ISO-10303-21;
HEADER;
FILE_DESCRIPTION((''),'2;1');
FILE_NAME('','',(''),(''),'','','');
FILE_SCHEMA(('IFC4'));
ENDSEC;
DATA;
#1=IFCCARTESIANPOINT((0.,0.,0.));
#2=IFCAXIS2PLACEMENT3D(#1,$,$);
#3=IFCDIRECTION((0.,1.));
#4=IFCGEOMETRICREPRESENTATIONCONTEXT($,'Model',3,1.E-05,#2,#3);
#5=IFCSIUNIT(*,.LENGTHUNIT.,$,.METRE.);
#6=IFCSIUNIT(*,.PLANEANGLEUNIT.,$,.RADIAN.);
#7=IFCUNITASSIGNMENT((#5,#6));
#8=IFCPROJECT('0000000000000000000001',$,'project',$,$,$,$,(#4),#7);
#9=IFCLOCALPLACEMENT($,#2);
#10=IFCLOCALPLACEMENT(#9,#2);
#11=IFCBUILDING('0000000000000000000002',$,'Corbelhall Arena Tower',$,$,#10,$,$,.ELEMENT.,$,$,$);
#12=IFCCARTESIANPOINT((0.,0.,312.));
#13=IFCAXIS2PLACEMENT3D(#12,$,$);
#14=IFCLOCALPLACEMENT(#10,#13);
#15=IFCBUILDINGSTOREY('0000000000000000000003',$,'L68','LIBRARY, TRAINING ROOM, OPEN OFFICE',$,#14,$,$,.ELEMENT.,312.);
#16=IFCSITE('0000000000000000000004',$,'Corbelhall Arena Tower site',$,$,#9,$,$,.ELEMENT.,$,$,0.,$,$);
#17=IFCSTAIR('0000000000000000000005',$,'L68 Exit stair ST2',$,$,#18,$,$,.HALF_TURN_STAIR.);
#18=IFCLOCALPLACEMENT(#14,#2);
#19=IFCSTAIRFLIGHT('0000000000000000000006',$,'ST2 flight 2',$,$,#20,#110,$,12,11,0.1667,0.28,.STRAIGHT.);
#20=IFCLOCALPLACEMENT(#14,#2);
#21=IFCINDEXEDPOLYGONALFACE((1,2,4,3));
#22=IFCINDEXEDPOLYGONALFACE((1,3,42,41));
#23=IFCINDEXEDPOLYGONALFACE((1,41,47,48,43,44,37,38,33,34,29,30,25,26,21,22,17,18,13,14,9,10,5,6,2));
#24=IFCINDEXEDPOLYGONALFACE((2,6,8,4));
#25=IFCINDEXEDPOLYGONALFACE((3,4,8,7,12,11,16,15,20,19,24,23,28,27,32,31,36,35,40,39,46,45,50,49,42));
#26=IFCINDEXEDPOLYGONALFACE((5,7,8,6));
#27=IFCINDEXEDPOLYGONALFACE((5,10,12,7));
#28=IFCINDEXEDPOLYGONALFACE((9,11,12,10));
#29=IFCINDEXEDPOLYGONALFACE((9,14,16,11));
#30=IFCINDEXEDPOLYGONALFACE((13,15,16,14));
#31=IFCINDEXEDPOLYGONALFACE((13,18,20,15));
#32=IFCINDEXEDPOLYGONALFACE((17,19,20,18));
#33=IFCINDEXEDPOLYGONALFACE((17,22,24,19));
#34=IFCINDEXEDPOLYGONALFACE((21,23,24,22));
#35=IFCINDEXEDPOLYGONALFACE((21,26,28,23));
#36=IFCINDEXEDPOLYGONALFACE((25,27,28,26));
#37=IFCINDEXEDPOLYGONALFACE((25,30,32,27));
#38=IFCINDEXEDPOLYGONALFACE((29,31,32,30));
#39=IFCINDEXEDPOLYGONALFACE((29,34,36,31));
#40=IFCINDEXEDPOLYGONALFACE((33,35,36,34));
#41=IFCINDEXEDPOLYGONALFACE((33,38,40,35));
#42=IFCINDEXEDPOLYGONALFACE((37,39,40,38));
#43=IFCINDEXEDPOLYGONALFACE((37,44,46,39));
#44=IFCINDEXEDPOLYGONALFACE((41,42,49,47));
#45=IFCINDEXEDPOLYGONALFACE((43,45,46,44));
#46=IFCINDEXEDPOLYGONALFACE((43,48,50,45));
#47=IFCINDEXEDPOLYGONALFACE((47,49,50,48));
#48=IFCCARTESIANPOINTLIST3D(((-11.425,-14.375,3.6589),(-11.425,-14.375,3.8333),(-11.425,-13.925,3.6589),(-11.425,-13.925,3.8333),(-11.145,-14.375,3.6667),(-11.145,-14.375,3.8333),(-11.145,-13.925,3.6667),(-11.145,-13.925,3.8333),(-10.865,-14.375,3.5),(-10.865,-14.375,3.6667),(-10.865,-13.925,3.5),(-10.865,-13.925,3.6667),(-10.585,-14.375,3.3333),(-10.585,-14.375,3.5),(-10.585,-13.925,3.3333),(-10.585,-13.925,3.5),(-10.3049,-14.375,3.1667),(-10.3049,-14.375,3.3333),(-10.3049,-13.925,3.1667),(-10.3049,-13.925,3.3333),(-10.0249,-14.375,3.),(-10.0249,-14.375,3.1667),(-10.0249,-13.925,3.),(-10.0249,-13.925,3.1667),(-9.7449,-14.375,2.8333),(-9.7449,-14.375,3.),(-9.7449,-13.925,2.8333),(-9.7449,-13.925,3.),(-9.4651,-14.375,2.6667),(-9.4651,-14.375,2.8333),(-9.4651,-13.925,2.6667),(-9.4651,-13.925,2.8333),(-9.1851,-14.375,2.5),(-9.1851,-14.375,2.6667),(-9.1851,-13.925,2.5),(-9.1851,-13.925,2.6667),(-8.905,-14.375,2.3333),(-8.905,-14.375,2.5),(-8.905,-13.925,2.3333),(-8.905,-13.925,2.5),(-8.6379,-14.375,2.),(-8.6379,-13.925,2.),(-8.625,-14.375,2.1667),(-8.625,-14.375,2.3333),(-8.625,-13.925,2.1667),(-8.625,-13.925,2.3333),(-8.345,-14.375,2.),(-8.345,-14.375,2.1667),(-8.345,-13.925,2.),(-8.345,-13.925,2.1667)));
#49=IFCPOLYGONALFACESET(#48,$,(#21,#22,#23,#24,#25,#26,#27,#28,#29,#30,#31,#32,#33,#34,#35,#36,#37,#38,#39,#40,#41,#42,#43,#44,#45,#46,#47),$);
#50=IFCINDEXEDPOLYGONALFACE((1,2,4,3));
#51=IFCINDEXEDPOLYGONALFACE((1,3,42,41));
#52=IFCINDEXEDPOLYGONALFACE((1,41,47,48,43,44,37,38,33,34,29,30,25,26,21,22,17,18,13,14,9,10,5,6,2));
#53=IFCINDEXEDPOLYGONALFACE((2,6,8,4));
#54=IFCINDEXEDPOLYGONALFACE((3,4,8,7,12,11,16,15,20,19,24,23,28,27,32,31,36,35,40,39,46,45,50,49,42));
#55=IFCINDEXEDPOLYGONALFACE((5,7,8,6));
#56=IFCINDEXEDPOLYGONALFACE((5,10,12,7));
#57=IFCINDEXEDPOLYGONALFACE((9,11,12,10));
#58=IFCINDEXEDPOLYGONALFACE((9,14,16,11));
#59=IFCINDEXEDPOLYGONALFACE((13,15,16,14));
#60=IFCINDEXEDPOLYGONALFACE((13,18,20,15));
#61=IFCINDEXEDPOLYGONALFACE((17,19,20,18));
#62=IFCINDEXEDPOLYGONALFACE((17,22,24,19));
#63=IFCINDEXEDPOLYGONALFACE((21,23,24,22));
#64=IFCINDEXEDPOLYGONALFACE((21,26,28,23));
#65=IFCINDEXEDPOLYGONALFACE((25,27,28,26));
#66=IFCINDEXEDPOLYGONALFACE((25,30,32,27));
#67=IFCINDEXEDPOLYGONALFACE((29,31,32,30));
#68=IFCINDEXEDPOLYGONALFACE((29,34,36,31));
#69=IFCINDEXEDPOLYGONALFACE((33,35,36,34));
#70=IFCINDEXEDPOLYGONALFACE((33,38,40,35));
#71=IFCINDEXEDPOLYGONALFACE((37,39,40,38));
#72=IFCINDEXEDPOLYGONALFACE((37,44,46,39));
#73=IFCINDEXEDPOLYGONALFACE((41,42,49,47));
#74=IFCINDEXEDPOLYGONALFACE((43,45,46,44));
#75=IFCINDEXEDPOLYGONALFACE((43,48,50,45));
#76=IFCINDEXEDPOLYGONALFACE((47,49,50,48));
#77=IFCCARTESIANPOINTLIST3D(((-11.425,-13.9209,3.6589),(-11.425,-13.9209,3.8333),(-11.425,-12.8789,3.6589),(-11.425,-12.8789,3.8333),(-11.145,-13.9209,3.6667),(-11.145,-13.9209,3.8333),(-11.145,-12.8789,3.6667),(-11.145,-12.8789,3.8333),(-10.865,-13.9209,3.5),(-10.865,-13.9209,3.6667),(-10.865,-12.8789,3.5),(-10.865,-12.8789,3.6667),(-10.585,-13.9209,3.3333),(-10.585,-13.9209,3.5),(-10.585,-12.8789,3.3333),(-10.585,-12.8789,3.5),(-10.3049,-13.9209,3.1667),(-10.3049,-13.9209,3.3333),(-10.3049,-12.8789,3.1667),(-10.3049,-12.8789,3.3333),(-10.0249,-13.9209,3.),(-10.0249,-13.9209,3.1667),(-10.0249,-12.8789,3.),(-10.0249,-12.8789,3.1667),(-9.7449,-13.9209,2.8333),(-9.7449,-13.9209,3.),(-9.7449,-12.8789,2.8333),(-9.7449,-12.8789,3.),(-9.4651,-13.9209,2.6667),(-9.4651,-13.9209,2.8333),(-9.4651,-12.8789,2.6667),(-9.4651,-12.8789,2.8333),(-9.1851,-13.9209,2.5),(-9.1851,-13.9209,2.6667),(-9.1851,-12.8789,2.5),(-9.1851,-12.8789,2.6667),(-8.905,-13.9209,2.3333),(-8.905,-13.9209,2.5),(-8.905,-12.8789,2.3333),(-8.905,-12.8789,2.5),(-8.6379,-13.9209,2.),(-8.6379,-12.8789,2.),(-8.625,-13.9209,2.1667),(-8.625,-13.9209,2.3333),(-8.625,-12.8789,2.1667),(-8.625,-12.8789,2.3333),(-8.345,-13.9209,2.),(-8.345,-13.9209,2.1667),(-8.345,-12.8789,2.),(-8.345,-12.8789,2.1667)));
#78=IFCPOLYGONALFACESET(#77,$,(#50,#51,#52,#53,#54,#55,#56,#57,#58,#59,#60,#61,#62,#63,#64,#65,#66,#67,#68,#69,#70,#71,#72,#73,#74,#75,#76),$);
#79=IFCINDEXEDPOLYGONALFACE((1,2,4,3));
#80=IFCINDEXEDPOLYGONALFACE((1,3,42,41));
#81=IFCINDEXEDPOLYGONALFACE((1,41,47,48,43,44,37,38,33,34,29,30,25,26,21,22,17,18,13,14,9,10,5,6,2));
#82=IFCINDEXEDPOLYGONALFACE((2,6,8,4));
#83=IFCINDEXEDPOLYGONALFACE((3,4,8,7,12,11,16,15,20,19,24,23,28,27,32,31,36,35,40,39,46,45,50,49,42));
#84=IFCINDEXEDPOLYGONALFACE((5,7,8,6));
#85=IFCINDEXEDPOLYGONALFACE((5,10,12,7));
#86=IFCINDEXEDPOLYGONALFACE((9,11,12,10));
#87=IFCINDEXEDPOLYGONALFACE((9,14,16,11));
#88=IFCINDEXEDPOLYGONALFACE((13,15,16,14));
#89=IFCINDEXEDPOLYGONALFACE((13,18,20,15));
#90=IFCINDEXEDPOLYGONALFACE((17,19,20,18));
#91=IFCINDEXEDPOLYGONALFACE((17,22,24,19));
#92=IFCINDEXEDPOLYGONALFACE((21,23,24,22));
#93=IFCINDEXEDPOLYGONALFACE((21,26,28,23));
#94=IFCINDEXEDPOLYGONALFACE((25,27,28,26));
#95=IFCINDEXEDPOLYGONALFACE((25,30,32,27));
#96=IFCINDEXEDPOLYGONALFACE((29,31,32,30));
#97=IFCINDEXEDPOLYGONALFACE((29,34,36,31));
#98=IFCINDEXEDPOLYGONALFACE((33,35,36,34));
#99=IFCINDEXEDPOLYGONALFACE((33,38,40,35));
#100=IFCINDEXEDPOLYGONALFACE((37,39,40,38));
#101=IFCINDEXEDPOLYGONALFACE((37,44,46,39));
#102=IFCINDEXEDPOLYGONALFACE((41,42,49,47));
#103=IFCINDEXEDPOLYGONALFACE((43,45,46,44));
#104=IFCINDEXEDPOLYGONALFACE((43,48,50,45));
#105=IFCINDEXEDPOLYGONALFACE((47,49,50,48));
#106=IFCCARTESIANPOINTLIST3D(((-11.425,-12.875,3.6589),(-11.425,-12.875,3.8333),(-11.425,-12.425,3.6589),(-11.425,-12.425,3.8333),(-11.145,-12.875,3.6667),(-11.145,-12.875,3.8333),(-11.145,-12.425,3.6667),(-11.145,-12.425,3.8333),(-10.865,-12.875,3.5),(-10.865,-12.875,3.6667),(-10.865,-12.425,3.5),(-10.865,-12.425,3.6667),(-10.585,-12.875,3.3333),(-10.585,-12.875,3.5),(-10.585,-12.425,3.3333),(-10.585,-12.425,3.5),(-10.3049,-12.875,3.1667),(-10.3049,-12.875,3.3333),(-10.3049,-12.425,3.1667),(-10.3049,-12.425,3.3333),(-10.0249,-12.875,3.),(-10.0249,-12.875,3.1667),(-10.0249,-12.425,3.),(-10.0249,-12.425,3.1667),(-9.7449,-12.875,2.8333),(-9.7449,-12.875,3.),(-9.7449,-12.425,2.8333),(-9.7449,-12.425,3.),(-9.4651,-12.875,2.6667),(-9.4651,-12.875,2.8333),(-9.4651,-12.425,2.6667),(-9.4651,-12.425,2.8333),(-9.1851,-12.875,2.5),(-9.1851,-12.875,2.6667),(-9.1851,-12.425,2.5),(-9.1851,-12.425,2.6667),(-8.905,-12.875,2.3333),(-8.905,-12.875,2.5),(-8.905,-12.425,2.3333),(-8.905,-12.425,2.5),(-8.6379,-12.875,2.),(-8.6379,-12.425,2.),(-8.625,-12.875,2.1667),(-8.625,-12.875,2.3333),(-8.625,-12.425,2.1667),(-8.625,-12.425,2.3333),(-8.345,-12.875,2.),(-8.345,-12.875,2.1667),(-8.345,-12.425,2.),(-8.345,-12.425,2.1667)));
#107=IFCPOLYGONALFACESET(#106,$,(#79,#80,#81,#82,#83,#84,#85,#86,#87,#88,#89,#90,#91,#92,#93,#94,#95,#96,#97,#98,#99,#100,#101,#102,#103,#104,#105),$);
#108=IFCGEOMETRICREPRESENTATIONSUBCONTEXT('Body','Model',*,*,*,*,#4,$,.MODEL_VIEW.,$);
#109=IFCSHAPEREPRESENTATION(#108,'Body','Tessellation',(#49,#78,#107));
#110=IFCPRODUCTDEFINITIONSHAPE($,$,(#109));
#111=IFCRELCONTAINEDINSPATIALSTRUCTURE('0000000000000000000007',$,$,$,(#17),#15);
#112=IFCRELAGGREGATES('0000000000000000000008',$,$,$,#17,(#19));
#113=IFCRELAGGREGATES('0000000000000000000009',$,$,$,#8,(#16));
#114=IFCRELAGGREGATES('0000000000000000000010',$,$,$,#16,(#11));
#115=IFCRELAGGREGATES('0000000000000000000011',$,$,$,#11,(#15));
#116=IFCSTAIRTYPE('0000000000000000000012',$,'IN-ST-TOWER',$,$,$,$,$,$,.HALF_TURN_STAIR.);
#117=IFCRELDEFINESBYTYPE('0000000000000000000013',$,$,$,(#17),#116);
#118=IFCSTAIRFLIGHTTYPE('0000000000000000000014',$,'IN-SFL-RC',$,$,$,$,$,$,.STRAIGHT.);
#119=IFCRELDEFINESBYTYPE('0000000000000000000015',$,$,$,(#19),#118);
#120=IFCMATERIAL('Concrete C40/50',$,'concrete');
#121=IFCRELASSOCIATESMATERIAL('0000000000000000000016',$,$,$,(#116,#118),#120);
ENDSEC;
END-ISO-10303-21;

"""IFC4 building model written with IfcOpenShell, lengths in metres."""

from ifc_helpers import new_model, si_unit, direction, frame, origin, place, context, subcontext, project, spatial, polyline, outline, extrude, material, type_object, element, aggregate, save


model = new_model("IFC4")

# Units and contexts
model_context = context("Model", 3, precision=1e-05, world=origin(), true_north=direction((0.0, 1.0)))
body_context = subcontext(model_context, "Body", "Model", "MODEL_VIEW")
ifc_project = project(units=[si_unit("LENGTHUNIT", "METRE"), si_unit("PLANEANGLEUNIT", "RADIAN")], contexts=[model_context])

# Site, building, storey
site_placement = place(None, origin())
site = spatial("IfcSite", under=ifc_project, at=site_placement, Name="Corbelhall Arena Tower site", CompositionType="ELEMENT", RefElevation=0.0)
building_placement = place(site_placement, origin())
building = spatial("IfcBuilding", under=site, at=building_placement, Name="Corbelhall Arena Tower", CompositionType="ELEMENT")
storey_placement = place(building_placement, frame((0.0, 0.0, 312.0)))
storey = spatial("IfcBuildingStorey", under=building, at=storey_placement, Name="L68", Description="LIBRARY, TRAINING ROOM, OPEN OFFICE", CompositionType="ELEMENT", Elevation=312.0)

# Shared definitions
ifc_material_1 = material(Name="Concrete C40/50", Category="concrete")

# Stair, stair flight
stair_type = type_object("IfcStairType", Name="IN-ST-TOWER", PredefinedType="HALF_TURN_STAIR", material=ifc_material_1)
stair_placement = place(storey_placement, origin())
stair = element("IfcStair", 1, at=stair_placement, inside=storey, type_object=stair_type, Name="L68 Exit stair ST2", PredefinedType="HALF_TURN_STAIR")
stair_flight_type = type_object("IfcStairFlightType", Name="IN-SFL-RC", PredefinedType="STRAIGHT", material=ifc_material_1)
stair_flight_1_placement = place(storey_placement, frame((-8.345, -13.3999, 2.0), z_axis=(0.0, 0.0, 1.0), x_axis=(-1.0, 0.0, 0.0)))
stair_flight_1 = element("IfcStairFlight", 2, at=stair_flight_1_placement, type_object=stair_flight_type, Name="ST2 flight 2", NumberOfRisers=12, NumberOfTreads=11, PredefinedType="STRAIGHT", RiserHeight=0.1667, TreadLength=0.28, context=body_context, shape_type="SweptSolid", body=[
    extrude(outline(polyline([(0.0, 0.0), (0.0, 0.1667), (0.28, 0.1667), (0.28, 0.3333), (0.5601, 0.3333), (0.5601, 0.5), (0.8401, 0.5), (0.8401, 0.6667), (1.1201, 0.6667), (1.1201, 0.8333), (1.3999, 0.8333), (1.3999, 1.0), (1.6799, 1.0), (1.6799, 1.1667), (1.96, 1.1667), (1.96, 1.3333), (2.24, 1.3333), (2.24, 1.5), (2.52, 1.5), (2.52, 1.6667), (2.8, 1.6667), (2.8, 1.8333), (3.0801, 1.8333), (3.0801, 2.0), (3.0801, 1.6589), (0.293, 0.0), (0.0, 0.0)])), frame((0.0, 0.9751, 0.0), z_axis=(0.0, -1.0, 0.0), x_axis=(1.0, 0.0, 0.0)), (0.0, 0.0, 1.0), 0.45),
    extrude(outline(polyline([(0.0, 0.0), (0.0, 0.1667), (0.28, 0.1667), (0.28, 0.3333), (0.5601, 0.3333), (0.5601, 0.5), (0.8401, 0.5), (0.8401, 0.6667), (1.1201, 0.6667), (1.1201, 0.8333), (1.3999, 0.8333), (1.3999, 1.0), (1.6799, 1.0), (1.6799, 1.1667), (1.96, 1.1667), (1.96, 1.3333), (2.24, 1.3333), (2.24, 1.5), (2.52, 1.5), (2.52, 1.6667), (2.8, 1.6667), (2.8, 1.8333), (3.0801, 1.8333), (3.0801, 2.0), (3.0801, 1.6589), (0.293, 0.0), (0.0, 0.0)])), frame((0.0, 0.521, 0.0), z_axis=(0.0, -1.0, 0.0), x_axis=(1.0, 0.0, 0.0)), (0.0, 0.0, 1.0), 1.042),
    extrude(outline(polyline([(0.0, 0.0), (0.0, 0.1667), (0.28, 0.1667), (0.28, 0.3333), (0.5601, 0.3333), (0.5601, 0.5), (0.8401, 0.5), (0.8401, 0.6667), (1.1201, 0.6667), (1.1201, 0.8333), (1.3999, 0.8333), (1.3999, 1.0), (1.6799, 1.0), (1.6799, 1.1667), (1.96, 1.1667), (1.96, 1.3333), (2.24, 1.3333), (2.24, 1.5), (2.52, 1.5), (2.52, 1.6667), (2.8, 1.6667), (2.8, 1.8333), (3.0801, 1.8333), (3.0801, 2.0), (3.0801, 1.6589), (0.293, 0.0), (0.0, 0.0)])), frame((0.0, -0.5249, 0.0), z_axis=(0.0, -1.0, 0.0), x_axis=(1.0, 0.0, 0.0)), (0.0, 0.0, 1.0), 0.45),
])
aggregate(stair, [stair_flight_1])

save(model, "model.ifc")
